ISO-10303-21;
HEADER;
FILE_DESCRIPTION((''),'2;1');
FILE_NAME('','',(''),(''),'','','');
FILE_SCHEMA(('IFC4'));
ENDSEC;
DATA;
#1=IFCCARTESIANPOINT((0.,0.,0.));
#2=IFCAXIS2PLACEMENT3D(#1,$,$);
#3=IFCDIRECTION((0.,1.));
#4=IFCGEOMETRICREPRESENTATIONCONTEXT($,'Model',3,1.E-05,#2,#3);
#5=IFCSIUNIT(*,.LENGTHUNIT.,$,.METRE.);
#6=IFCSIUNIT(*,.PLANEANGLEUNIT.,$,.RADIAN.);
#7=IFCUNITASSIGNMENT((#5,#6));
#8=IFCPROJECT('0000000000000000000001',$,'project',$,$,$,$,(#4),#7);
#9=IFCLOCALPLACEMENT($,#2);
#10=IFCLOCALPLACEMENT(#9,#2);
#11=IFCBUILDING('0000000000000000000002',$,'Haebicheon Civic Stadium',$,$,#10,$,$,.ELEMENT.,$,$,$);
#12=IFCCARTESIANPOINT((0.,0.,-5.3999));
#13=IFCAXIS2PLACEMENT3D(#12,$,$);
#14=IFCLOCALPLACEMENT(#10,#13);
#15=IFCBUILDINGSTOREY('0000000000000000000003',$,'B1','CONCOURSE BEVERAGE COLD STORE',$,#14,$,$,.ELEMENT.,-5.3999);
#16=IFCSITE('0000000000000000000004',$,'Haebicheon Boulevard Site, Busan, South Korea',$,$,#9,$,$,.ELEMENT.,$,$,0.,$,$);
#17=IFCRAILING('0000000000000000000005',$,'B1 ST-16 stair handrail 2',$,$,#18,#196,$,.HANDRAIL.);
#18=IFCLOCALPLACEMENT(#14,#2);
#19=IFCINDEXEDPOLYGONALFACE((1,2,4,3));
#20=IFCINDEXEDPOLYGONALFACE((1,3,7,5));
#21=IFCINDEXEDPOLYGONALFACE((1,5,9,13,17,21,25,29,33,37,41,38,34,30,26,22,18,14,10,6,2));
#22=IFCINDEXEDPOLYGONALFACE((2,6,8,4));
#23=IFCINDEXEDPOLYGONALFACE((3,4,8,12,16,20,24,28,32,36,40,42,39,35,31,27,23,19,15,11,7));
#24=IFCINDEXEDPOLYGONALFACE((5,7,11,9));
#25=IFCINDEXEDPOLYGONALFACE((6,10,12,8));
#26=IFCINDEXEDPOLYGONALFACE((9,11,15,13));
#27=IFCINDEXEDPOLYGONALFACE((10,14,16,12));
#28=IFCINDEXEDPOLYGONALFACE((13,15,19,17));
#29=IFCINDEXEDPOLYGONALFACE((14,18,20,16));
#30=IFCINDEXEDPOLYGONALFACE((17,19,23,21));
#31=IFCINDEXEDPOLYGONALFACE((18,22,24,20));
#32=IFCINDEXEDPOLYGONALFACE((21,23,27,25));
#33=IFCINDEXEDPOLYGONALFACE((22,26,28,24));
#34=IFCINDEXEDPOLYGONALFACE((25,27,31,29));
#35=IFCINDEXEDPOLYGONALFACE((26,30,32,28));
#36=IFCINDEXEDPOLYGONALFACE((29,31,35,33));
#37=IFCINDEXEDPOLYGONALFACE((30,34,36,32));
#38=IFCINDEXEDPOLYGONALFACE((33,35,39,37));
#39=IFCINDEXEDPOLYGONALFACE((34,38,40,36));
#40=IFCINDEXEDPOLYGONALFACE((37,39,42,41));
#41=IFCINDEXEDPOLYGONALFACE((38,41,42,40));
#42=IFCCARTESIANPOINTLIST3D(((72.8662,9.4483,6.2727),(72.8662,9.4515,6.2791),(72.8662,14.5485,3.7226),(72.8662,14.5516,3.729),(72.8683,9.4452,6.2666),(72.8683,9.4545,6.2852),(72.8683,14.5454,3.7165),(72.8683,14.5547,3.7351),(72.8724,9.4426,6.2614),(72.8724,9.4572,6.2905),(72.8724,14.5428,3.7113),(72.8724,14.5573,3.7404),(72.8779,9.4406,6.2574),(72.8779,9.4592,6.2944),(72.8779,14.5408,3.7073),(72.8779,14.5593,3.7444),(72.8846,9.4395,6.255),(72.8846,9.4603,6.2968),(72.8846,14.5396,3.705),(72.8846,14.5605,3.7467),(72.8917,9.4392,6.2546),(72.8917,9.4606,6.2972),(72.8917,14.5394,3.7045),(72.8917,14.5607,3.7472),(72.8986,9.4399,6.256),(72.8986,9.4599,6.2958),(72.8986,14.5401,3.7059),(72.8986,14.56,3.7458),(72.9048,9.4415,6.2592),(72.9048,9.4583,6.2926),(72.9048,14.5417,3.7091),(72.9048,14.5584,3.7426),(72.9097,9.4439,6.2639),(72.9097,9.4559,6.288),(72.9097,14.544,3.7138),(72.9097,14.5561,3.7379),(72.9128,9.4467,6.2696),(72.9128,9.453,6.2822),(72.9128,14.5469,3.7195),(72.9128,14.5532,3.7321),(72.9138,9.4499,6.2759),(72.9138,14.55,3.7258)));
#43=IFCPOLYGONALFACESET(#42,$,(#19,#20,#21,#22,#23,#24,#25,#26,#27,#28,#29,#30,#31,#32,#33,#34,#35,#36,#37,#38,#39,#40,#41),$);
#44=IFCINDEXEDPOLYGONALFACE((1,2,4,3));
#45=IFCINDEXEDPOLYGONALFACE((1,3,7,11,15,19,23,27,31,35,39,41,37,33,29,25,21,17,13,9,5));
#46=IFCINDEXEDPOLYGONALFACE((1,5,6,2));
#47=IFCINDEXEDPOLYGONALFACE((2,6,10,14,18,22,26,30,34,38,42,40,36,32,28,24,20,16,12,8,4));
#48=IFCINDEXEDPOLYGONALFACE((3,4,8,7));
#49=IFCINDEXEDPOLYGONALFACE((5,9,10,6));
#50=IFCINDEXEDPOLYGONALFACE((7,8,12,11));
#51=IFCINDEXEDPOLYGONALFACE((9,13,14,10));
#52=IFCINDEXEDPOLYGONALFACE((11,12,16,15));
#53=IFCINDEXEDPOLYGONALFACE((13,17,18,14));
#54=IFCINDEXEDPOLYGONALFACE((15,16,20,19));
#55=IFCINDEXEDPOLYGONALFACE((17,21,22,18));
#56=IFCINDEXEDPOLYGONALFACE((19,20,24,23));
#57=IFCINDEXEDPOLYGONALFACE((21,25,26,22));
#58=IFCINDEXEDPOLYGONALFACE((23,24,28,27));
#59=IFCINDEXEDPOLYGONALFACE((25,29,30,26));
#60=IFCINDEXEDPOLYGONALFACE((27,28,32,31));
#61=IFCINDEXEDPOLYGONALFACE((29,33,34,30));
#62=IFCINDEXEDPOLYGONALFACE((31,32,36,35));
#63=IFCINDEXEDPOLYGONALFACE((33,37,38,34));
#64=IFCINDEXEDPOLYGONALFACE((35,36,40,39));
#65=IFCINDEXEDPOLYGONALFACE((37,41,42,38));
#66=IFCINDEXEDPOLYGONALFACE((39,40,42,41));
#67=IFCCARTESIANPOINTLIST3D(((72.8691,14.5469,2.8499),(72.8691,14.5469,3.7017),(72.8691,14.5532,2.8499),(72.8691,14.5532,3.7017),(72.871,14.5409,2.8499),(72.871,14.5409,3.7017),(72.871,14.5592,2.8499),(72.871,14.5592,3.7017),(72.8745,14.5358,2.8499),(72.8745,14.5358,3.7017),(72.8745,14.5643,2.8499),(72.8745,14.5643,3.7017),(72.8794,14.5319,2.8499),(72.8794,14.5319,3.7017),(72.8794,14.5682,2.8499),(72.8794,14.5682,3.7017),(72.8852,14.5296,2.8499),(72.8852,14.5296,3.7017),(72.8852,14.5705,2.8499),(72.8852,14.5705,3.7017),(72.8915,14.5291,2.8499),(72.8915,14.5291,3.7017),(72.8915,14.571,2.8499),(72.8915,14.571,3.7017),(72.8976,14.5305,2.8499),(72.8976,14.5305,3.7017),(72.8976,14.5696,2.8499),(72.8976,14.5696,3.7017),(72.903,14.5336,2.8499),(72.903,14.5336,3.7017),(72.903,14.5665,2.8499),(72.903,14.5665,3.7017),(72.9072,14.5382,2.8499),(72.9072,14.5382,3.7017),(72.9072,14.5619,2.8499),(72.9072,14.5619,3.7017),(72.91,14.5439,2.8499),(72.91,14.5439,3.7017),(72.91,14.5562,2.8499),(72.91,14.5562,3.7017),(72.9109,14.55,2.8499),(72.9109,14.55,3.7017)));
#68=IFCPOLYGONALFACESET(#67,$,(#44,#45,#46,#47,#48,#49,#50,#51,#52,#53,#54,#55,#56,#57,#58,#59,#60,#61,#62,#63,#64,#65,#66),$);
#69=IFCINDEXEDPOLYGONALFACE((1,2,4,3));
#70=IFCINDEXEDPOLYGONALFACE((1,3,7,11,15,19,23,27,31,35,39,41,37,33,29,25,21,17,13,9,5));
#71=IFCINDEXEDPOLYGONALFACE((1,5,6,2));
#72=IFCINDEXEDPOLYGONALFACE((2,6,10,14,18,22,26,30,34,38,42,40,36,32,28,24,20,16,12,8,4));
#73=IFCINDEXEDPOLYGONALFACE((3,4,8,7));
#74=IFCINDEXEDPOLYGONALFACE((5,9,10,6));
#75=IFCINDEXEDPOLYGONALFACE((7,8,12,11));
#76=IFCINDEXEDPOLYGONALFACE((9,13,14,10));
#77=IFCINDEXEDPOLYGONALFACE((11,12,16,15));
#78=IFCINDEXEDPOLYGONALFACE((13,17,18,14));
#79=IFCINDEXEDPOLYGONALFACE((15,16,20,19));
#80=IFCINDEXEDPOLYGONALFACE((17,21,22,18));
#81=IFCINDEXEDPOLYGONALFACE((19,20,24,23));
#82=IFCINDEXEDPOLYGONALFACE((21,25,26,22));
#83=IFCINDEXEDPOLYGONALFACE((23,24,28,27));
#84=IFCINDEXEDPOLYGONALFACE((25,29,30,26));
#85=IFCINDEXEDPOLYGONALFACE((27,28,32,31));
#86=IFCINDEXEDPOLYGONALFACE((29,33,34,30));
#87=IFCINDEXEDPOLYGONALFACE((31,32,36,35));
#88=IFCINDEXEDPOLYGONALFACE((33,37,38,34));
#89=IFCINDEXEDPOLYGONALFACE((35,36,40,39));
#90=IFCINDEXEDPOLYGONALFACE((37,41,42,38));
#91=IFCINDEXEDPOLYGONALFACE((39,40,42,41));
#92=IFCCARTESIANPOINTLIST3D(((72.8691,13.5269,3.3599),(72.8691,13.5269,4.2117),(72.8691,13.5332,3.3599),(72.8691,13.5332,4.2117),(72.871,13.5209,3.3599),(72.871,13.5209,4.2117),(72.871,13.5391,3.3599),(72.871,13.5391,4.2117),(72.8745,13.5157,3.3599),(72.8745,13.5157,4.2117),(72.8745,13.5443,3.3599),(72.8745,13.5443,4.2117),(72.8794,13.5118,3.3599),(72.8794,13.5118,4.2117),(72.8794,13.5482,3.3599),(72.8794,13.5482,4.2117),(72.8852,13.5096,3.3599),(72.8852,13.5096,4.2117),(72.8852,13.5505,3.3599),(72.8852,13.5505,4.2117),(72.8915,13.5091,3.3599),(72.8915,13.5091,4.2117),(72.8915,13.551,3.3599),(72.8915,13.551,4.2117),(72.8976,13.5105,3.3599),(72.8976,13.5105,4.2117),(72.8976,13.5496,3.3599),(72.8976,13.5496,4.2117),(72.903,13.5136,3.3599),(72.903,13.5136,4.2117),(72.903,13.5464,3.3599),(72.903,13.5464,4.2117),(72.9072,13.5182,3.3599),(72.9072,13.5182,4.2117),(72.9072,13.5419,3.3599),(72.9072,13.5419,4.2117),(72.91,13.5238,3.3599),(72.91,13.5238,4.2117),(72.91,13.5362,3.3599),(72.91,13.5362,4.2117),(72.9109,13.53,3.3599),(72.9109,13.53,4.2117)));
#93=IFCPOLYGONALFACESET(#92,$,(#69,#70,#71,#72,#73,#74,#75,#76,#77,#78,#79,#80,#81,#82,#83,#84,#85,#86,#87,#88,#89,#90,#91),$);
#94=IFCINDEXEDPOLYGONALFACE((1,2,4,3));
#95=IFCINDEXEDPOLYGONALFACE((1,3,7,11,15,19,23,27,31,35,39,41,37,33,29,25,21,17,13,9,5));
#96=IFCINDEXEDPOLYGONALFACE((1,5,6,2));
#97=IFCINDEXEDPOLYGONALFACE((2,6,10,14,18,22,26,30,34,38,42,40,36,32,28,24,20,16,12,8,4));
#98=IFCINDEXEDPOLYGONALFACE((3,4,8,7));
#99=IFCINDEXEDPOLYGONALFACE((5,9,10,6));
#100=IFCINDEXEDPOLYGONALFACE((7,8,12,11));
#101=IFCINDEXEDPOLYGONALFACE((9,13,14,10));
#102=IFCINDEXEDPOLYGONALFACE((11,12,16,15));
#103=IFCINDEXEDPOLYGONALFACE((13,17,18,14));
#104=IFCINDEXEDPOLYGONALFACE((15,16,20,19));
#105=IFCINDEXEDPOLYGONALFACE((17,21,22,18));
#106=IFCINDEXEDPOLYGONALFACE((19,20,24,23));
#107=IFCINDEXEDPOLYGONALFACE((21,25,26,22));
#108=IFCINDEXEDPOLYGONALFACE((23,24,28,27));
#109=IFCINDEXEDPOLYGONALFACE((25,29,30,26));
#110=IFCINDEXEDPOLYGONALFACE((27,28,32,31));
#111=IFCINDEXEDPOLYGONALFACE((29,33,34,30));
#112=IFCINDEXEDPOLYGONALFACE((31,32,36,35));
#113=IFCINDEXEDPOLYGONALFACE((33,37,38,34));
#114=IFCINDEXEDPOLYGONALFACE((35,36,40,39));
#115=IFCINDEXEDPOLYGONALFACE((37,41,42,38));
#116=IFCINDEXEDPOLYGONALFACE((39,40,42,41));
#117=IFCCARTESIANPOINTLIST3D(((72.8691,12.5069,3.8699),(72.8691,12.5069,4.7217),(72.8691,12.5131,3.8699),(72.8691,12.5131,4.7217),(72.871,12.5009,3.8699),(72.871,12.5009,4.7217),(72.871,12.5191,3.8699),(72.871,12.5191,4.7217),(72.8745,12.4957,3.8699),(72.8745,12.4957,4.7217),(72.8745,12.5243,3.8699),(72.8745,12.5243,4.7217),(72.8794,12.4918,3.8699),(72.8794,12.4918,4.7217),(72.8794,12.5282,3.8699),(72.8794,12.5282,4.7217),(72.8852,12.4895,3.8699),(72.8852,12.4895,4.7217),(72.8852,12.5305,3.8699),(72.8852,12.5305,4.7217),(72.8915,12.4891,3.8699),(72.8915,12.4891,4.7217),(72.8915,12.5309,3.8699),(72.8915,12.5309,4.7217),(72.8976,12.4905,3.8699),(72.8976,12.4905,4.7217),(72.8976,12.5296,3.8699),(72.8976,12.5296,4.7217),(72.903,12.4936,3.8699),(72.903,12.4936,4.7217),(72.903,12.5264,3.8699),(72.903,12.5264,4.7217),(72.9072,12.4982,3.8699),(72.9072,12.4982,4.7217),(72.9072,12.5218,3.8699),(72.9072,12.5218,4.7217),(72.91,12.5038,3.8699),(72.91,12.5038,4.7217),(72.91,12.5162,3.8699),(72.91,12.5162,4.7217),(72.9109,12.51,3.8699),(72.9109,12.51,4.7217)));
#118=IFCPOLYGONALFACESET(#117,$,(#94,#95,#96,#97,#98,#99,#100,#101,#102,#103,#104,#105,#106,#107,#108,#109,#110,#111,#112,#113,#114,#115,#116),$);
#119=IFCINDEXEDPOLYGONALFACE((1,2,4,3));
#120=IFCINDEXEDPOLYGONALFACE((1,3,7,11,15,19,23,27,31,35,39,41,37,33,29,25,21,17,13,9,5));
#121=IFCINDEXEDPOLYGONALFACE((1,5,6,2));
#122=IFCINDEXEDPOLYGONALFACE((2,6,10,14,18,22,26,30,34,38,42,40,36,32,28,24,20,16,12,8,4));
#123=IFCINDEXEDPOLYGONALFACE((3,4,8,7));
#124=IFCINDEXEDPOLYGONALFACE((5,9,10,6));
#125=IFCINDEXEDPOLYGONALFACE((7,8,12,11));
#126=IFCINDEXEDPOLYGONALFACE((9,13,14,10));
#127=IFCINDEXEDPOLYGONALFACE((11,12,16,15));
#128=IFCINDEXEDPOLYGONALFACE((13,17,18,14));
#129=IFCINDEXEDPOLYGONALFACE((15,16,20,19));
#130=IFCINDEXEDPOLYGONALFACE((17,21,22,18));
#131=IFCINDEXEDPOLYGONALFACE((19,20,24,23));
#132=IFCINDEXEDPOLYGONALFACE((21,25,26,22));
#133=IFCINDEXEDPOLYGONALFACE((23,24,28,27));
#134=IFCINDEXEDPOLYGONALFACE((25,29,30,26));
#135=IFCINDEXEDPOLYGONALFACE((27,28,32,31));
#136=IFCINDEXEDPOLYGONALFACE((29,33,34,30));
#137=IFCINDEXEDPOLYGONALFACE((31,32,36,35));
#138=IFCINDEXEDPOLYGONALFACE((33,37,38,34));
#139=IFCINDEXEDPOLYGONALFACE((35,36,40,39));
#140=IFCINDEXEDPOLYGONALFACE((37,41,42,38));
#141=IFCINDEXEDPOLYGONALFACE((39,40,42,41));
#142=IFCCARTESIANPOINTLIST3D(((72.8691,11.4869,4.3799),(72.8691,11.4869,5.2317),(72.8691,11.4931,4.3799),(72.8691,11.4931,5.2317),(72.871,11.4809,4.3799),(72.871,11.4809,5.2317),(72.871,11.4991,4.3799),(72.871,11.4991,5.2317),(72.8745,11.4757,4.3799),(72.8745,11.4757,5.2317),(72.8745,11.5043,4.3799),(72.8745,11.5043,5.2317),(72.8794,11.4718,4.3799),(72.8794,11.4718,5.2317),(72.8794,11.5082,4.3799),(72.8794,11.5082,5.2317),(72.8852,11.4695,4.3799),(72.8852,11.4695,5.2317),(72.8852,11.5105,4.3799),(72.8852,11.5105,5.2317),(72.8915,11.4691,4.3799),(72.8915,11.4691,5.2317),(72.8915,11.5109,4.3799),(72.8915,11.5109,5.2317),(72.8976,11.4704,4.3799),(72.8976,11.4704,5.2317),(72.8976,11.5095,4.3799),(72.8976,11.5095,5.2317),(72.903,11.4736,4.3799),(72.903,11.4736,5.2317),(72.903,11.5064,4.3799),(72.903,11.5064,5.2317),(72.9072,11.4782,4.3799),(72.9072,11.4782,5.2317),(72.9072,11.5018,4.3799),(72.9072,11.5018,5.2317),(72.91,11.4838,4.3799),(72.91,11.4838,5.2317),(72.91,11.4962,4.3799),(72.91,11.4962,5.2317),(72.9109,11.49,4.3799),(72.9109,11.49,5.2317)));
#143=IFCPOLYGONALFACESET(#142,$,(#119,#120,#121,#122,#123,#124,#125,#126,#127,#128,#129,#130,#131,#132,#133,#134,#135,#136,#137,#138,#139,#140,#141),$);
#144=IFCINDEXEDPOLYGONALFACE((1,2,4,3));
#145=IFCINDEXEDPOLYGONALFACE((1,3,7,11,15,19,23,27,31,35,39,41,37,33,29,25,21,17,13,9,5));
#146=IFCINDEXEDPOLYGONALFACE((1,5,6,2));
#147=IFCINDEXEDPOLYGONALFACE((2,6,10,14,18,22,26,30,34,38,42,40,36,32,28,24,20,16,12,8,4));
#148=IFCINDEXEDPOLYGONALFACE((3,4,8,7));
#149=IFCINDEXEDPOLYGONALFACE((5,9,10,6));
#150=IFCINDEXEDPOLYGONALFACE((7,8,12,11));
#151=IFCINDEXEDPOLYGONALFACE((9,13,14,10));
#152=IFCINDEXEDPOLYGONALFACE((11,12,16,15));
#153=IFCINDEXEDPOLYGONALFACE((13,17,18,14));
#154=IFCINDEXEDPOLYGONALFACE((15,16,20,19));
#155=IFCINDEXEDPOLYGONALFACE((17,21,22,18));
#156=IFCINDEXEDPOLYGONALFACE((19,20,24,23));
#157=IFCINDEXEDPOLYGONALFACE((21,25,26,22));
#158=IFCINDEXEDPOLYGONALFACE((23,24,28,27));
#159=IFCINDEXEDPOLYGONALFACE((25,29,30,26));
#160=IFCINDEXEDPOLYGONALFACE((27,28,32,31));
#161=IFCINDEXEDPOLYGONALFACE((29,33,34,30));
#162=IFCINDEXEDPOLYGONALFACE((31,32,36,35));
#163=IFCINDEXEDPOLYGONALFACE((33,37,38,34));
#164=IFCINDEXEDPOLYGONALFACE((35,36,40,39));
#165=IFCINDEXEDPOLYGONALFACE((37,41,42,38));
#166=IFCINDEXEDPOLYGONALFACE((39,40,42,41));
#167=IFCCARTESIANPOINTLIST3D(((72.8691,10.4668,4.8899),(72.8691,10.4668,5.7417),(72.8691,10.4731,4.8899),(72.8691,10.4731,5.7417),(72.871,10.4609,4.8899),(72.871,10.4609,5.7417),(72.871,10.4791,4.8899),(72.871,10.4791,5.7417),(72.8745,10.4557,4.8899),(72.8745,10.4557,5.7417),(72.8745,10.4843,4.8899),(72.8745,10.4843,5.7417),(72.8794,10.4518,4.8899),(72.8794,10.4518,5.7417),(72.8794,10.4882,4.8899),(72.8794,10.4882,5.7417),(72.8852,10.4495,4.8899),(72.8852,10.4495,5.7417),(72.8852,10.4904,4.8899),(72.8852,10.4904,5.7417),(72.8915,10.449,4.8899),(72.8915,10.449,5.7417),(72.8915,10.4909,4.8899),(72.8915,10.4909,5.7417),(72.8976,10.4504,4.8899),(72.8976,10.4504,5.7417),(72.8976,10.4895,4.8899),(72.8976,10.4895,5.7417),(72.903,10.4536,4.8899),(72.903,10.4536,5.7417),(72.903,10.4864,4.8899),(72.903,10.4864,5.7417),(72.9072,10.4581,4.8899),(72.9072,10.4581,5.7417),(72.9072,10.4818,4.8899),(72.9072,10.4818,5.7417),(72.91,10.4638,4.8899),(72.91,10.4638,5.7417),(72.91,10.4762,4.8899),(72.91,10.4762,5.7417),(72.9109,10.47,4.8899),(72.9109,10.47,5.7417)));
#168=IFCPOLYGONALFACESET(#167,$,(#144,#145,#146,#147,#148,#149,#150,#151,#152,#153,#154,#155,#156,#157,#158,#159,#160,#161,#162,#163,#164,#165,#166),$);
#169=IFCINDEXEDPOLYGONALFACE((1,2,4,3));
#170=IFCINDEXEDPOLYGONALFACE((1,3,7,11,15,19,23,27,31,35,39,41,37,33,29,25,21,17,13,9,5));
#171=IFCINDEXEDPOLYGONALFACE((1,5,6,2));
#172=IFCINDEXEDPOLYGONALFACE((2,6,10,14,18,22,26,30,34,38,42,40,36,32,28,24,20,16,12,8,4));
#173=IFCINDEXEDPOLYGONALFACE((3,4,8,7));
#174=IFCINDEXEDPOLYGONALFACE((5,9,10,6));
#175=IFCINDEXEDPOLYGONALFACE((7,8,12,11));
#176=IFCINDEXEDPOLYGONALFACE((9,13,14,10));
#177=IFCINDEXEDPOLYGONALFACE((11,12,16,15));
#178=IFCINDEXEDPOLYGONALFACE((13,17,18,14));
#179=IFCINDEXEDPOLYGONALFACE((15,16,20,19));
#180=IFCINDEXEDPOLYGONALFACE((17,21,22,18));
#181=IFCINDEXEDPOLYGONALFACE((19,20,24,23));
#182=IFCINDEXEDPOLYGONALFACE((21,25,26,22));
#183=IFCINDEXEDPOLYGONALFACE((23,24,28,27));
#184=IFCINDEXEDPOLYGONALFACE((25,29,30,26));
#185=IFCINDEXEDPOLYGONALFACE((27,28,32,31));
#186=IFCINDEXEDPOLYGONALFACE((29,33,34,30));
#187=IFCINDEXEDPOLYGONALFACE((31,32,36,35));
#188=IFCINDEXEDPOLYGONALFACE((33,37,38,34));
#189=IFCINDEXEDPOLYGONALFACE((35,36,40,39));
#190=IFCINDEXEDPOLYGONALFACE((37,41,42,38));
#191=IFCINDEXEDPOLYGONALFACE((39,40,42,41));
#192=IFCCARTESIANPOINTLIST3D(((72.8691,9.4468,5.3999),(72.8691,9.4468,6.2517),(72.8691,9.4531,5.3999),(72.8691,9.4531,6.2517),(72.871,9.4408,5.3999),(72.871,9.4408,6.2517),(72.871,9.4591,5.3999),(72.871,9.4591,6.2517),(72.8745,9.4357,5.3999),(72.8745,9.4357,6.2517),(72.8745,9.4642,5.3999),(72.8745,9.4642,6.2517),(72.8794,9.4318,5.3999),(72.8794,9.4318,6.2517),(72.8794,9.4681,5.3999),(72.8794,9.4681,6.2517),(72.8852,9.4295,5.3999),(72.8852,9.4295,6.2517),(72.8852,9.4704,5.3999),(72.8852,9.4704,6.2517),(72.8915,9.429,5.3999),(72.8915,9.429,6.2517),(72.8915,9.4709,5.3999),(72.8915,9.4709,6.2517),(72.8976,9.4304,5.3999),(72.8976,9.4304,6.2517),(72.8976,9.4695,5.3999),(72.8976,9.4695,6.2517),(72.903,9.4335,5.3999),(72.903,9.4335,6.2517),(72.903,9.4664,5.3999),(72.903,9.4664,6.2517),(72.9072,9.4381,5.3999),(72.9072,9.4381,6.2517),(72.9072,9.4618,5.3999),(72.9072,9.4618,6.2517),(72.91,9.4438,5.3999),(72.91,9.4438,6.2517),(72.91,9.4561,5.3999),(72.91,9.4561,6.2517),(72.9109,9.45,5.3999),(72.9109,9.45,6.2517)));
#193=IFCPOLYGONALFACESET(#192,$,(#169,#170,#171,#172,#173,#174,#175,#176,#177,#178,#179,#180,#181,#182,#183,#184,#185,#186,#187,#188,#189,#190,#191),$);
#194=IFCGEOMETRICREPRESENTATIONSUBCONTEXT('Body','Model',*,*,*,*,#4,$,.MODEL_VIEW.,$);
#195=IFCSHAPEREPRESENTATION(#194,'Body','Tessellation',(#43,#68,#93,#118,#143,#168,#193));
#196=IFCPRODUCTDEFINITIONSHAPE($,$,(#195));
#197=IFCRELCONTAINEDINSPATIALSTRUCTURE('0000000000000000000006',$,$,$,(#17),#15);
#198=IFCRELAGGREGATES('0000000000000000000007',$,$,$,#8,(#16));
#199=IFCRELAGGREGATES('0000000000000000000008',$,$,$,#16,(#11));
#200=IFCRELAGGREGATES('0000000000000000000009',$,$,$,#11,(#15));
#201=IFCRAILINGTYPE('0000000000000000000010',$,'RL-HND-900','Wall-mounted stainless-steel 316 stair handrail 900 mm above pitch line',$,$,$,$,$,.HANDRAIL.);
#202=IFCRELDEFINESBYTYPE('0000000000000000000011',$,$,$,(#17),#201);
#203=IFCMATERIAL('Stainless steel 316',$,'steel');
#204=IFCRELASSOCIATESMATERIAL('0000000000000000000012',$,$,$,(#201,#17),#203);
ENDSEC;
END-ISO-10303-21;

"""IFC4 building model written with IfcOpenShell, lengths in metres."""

from ifc_helpers import new_model, si_unit, direction, frame, origin, origin_2d, place, context, subcontext, project, spatial, circle, extrude, material, type_object, element, save


model = new_model("IFC4")

# Units and contexts
model_context = context("Model", 3, precision=1e-05, world=origin(), true_north=direction((0.0, 1.0)))
body_context = subcontext(model_context, "Body", "Model", "MODEL_VIEW")
ifc_project = project(units=[si_unit("LENGTHUNIT", "METRE"), si_unit("PLANEANGLEUNIT", "RADIAN")], contexts=[model_context])

# Site, building, storey
site_placement = place(None, origin())
site = spatial("IfcSite", under=ifc_project, at=site_placement, Name="Haebicheon Boulevard Site, Busan, South Korea", CompositionType="ELEMENT", RefElevation=0.0)
building_placement = place(site_placement, origin())
building = spatial("IfcBuilding", under=site, at=building_placement, Name="Haebicheon Civic Stadium", CompositionType="ELEMENT")
storey_placement = place(building_placement, frame((0.0, 0.0, -5.3999)))
storey = spatial("IfcBuildingStorey", under=building, at=storey_placement, Name="B1", Description="CONCOURSE BEVERAGE COLD STORE", CompositionType="ELEMENT", Elevation=-5.3999)

# Railing
ifc_material_1 = material(Name="Stainless steel 316", Category="steel")
railing_type_1 = type_object("IfcRailingType", Name="RL-HND-900", Description="Wall-mounted stainless-steel 316 stair handrail 900 mm above pitch line", PredefinedType="HANDRAIL", material=ifc_material_1)
railing_1_placement = place(storey_placement, frame((72.8899, 14.55, 2.8499)))
element("IfcRailing", 1, at=railing_1_placement, inside=storey, type_object=railing_type_1, material=ifc_material_1, Name="B1 ST-16 stair handrail 2", PredefinedType="HANDRAIL", context=body_context, shape_type="SweptSolid", body=[
    extrude(circle(Radius=0.0239, at=origin_2d()), frame((0.0, 0.0, 0.876), z_axis=(0.0, -0.894427, 0.447214), x_axis=(1.0, 0.0, 0.0)), (0.0, 0.0, 1.0), 5.7021),
    extrude(circle(Radius=0.021, at=origin_2d()), origin(), (0.0, 0.0, 1.0), 0.8518),
    extrude(circle(Radius=0.021, at=origin_2d()), frame((0.0, -1.02, 0.51)), (0.0, 0.0, 1.0), 0.8518),
    extrude(circle(Radius=0.021, at=origin_2d()), frame((0.0, -2.04, 1.02)), (0.0, 0.0, 1.0), 0.8518),
    extrude(circle(Radius=0.021, at=origin_2d()), frame((0.0, -3.0601, 1.53)), (0.0, 0.0, 1.0), 0.8518),
    extrude(circle(Radius=0.021, at=origin_2d()), frame((0.0, -4.0801, 2.04)), (0.0, 0.0, 1.0), 0.8518),
    extrude(circle(Radius=0.021, at=origin_2d()), frame((0.0, -5.1001, 2.55)), (0.0, 0.0, 1.0), 0.8518),
])

save(model, "model.ifc")
